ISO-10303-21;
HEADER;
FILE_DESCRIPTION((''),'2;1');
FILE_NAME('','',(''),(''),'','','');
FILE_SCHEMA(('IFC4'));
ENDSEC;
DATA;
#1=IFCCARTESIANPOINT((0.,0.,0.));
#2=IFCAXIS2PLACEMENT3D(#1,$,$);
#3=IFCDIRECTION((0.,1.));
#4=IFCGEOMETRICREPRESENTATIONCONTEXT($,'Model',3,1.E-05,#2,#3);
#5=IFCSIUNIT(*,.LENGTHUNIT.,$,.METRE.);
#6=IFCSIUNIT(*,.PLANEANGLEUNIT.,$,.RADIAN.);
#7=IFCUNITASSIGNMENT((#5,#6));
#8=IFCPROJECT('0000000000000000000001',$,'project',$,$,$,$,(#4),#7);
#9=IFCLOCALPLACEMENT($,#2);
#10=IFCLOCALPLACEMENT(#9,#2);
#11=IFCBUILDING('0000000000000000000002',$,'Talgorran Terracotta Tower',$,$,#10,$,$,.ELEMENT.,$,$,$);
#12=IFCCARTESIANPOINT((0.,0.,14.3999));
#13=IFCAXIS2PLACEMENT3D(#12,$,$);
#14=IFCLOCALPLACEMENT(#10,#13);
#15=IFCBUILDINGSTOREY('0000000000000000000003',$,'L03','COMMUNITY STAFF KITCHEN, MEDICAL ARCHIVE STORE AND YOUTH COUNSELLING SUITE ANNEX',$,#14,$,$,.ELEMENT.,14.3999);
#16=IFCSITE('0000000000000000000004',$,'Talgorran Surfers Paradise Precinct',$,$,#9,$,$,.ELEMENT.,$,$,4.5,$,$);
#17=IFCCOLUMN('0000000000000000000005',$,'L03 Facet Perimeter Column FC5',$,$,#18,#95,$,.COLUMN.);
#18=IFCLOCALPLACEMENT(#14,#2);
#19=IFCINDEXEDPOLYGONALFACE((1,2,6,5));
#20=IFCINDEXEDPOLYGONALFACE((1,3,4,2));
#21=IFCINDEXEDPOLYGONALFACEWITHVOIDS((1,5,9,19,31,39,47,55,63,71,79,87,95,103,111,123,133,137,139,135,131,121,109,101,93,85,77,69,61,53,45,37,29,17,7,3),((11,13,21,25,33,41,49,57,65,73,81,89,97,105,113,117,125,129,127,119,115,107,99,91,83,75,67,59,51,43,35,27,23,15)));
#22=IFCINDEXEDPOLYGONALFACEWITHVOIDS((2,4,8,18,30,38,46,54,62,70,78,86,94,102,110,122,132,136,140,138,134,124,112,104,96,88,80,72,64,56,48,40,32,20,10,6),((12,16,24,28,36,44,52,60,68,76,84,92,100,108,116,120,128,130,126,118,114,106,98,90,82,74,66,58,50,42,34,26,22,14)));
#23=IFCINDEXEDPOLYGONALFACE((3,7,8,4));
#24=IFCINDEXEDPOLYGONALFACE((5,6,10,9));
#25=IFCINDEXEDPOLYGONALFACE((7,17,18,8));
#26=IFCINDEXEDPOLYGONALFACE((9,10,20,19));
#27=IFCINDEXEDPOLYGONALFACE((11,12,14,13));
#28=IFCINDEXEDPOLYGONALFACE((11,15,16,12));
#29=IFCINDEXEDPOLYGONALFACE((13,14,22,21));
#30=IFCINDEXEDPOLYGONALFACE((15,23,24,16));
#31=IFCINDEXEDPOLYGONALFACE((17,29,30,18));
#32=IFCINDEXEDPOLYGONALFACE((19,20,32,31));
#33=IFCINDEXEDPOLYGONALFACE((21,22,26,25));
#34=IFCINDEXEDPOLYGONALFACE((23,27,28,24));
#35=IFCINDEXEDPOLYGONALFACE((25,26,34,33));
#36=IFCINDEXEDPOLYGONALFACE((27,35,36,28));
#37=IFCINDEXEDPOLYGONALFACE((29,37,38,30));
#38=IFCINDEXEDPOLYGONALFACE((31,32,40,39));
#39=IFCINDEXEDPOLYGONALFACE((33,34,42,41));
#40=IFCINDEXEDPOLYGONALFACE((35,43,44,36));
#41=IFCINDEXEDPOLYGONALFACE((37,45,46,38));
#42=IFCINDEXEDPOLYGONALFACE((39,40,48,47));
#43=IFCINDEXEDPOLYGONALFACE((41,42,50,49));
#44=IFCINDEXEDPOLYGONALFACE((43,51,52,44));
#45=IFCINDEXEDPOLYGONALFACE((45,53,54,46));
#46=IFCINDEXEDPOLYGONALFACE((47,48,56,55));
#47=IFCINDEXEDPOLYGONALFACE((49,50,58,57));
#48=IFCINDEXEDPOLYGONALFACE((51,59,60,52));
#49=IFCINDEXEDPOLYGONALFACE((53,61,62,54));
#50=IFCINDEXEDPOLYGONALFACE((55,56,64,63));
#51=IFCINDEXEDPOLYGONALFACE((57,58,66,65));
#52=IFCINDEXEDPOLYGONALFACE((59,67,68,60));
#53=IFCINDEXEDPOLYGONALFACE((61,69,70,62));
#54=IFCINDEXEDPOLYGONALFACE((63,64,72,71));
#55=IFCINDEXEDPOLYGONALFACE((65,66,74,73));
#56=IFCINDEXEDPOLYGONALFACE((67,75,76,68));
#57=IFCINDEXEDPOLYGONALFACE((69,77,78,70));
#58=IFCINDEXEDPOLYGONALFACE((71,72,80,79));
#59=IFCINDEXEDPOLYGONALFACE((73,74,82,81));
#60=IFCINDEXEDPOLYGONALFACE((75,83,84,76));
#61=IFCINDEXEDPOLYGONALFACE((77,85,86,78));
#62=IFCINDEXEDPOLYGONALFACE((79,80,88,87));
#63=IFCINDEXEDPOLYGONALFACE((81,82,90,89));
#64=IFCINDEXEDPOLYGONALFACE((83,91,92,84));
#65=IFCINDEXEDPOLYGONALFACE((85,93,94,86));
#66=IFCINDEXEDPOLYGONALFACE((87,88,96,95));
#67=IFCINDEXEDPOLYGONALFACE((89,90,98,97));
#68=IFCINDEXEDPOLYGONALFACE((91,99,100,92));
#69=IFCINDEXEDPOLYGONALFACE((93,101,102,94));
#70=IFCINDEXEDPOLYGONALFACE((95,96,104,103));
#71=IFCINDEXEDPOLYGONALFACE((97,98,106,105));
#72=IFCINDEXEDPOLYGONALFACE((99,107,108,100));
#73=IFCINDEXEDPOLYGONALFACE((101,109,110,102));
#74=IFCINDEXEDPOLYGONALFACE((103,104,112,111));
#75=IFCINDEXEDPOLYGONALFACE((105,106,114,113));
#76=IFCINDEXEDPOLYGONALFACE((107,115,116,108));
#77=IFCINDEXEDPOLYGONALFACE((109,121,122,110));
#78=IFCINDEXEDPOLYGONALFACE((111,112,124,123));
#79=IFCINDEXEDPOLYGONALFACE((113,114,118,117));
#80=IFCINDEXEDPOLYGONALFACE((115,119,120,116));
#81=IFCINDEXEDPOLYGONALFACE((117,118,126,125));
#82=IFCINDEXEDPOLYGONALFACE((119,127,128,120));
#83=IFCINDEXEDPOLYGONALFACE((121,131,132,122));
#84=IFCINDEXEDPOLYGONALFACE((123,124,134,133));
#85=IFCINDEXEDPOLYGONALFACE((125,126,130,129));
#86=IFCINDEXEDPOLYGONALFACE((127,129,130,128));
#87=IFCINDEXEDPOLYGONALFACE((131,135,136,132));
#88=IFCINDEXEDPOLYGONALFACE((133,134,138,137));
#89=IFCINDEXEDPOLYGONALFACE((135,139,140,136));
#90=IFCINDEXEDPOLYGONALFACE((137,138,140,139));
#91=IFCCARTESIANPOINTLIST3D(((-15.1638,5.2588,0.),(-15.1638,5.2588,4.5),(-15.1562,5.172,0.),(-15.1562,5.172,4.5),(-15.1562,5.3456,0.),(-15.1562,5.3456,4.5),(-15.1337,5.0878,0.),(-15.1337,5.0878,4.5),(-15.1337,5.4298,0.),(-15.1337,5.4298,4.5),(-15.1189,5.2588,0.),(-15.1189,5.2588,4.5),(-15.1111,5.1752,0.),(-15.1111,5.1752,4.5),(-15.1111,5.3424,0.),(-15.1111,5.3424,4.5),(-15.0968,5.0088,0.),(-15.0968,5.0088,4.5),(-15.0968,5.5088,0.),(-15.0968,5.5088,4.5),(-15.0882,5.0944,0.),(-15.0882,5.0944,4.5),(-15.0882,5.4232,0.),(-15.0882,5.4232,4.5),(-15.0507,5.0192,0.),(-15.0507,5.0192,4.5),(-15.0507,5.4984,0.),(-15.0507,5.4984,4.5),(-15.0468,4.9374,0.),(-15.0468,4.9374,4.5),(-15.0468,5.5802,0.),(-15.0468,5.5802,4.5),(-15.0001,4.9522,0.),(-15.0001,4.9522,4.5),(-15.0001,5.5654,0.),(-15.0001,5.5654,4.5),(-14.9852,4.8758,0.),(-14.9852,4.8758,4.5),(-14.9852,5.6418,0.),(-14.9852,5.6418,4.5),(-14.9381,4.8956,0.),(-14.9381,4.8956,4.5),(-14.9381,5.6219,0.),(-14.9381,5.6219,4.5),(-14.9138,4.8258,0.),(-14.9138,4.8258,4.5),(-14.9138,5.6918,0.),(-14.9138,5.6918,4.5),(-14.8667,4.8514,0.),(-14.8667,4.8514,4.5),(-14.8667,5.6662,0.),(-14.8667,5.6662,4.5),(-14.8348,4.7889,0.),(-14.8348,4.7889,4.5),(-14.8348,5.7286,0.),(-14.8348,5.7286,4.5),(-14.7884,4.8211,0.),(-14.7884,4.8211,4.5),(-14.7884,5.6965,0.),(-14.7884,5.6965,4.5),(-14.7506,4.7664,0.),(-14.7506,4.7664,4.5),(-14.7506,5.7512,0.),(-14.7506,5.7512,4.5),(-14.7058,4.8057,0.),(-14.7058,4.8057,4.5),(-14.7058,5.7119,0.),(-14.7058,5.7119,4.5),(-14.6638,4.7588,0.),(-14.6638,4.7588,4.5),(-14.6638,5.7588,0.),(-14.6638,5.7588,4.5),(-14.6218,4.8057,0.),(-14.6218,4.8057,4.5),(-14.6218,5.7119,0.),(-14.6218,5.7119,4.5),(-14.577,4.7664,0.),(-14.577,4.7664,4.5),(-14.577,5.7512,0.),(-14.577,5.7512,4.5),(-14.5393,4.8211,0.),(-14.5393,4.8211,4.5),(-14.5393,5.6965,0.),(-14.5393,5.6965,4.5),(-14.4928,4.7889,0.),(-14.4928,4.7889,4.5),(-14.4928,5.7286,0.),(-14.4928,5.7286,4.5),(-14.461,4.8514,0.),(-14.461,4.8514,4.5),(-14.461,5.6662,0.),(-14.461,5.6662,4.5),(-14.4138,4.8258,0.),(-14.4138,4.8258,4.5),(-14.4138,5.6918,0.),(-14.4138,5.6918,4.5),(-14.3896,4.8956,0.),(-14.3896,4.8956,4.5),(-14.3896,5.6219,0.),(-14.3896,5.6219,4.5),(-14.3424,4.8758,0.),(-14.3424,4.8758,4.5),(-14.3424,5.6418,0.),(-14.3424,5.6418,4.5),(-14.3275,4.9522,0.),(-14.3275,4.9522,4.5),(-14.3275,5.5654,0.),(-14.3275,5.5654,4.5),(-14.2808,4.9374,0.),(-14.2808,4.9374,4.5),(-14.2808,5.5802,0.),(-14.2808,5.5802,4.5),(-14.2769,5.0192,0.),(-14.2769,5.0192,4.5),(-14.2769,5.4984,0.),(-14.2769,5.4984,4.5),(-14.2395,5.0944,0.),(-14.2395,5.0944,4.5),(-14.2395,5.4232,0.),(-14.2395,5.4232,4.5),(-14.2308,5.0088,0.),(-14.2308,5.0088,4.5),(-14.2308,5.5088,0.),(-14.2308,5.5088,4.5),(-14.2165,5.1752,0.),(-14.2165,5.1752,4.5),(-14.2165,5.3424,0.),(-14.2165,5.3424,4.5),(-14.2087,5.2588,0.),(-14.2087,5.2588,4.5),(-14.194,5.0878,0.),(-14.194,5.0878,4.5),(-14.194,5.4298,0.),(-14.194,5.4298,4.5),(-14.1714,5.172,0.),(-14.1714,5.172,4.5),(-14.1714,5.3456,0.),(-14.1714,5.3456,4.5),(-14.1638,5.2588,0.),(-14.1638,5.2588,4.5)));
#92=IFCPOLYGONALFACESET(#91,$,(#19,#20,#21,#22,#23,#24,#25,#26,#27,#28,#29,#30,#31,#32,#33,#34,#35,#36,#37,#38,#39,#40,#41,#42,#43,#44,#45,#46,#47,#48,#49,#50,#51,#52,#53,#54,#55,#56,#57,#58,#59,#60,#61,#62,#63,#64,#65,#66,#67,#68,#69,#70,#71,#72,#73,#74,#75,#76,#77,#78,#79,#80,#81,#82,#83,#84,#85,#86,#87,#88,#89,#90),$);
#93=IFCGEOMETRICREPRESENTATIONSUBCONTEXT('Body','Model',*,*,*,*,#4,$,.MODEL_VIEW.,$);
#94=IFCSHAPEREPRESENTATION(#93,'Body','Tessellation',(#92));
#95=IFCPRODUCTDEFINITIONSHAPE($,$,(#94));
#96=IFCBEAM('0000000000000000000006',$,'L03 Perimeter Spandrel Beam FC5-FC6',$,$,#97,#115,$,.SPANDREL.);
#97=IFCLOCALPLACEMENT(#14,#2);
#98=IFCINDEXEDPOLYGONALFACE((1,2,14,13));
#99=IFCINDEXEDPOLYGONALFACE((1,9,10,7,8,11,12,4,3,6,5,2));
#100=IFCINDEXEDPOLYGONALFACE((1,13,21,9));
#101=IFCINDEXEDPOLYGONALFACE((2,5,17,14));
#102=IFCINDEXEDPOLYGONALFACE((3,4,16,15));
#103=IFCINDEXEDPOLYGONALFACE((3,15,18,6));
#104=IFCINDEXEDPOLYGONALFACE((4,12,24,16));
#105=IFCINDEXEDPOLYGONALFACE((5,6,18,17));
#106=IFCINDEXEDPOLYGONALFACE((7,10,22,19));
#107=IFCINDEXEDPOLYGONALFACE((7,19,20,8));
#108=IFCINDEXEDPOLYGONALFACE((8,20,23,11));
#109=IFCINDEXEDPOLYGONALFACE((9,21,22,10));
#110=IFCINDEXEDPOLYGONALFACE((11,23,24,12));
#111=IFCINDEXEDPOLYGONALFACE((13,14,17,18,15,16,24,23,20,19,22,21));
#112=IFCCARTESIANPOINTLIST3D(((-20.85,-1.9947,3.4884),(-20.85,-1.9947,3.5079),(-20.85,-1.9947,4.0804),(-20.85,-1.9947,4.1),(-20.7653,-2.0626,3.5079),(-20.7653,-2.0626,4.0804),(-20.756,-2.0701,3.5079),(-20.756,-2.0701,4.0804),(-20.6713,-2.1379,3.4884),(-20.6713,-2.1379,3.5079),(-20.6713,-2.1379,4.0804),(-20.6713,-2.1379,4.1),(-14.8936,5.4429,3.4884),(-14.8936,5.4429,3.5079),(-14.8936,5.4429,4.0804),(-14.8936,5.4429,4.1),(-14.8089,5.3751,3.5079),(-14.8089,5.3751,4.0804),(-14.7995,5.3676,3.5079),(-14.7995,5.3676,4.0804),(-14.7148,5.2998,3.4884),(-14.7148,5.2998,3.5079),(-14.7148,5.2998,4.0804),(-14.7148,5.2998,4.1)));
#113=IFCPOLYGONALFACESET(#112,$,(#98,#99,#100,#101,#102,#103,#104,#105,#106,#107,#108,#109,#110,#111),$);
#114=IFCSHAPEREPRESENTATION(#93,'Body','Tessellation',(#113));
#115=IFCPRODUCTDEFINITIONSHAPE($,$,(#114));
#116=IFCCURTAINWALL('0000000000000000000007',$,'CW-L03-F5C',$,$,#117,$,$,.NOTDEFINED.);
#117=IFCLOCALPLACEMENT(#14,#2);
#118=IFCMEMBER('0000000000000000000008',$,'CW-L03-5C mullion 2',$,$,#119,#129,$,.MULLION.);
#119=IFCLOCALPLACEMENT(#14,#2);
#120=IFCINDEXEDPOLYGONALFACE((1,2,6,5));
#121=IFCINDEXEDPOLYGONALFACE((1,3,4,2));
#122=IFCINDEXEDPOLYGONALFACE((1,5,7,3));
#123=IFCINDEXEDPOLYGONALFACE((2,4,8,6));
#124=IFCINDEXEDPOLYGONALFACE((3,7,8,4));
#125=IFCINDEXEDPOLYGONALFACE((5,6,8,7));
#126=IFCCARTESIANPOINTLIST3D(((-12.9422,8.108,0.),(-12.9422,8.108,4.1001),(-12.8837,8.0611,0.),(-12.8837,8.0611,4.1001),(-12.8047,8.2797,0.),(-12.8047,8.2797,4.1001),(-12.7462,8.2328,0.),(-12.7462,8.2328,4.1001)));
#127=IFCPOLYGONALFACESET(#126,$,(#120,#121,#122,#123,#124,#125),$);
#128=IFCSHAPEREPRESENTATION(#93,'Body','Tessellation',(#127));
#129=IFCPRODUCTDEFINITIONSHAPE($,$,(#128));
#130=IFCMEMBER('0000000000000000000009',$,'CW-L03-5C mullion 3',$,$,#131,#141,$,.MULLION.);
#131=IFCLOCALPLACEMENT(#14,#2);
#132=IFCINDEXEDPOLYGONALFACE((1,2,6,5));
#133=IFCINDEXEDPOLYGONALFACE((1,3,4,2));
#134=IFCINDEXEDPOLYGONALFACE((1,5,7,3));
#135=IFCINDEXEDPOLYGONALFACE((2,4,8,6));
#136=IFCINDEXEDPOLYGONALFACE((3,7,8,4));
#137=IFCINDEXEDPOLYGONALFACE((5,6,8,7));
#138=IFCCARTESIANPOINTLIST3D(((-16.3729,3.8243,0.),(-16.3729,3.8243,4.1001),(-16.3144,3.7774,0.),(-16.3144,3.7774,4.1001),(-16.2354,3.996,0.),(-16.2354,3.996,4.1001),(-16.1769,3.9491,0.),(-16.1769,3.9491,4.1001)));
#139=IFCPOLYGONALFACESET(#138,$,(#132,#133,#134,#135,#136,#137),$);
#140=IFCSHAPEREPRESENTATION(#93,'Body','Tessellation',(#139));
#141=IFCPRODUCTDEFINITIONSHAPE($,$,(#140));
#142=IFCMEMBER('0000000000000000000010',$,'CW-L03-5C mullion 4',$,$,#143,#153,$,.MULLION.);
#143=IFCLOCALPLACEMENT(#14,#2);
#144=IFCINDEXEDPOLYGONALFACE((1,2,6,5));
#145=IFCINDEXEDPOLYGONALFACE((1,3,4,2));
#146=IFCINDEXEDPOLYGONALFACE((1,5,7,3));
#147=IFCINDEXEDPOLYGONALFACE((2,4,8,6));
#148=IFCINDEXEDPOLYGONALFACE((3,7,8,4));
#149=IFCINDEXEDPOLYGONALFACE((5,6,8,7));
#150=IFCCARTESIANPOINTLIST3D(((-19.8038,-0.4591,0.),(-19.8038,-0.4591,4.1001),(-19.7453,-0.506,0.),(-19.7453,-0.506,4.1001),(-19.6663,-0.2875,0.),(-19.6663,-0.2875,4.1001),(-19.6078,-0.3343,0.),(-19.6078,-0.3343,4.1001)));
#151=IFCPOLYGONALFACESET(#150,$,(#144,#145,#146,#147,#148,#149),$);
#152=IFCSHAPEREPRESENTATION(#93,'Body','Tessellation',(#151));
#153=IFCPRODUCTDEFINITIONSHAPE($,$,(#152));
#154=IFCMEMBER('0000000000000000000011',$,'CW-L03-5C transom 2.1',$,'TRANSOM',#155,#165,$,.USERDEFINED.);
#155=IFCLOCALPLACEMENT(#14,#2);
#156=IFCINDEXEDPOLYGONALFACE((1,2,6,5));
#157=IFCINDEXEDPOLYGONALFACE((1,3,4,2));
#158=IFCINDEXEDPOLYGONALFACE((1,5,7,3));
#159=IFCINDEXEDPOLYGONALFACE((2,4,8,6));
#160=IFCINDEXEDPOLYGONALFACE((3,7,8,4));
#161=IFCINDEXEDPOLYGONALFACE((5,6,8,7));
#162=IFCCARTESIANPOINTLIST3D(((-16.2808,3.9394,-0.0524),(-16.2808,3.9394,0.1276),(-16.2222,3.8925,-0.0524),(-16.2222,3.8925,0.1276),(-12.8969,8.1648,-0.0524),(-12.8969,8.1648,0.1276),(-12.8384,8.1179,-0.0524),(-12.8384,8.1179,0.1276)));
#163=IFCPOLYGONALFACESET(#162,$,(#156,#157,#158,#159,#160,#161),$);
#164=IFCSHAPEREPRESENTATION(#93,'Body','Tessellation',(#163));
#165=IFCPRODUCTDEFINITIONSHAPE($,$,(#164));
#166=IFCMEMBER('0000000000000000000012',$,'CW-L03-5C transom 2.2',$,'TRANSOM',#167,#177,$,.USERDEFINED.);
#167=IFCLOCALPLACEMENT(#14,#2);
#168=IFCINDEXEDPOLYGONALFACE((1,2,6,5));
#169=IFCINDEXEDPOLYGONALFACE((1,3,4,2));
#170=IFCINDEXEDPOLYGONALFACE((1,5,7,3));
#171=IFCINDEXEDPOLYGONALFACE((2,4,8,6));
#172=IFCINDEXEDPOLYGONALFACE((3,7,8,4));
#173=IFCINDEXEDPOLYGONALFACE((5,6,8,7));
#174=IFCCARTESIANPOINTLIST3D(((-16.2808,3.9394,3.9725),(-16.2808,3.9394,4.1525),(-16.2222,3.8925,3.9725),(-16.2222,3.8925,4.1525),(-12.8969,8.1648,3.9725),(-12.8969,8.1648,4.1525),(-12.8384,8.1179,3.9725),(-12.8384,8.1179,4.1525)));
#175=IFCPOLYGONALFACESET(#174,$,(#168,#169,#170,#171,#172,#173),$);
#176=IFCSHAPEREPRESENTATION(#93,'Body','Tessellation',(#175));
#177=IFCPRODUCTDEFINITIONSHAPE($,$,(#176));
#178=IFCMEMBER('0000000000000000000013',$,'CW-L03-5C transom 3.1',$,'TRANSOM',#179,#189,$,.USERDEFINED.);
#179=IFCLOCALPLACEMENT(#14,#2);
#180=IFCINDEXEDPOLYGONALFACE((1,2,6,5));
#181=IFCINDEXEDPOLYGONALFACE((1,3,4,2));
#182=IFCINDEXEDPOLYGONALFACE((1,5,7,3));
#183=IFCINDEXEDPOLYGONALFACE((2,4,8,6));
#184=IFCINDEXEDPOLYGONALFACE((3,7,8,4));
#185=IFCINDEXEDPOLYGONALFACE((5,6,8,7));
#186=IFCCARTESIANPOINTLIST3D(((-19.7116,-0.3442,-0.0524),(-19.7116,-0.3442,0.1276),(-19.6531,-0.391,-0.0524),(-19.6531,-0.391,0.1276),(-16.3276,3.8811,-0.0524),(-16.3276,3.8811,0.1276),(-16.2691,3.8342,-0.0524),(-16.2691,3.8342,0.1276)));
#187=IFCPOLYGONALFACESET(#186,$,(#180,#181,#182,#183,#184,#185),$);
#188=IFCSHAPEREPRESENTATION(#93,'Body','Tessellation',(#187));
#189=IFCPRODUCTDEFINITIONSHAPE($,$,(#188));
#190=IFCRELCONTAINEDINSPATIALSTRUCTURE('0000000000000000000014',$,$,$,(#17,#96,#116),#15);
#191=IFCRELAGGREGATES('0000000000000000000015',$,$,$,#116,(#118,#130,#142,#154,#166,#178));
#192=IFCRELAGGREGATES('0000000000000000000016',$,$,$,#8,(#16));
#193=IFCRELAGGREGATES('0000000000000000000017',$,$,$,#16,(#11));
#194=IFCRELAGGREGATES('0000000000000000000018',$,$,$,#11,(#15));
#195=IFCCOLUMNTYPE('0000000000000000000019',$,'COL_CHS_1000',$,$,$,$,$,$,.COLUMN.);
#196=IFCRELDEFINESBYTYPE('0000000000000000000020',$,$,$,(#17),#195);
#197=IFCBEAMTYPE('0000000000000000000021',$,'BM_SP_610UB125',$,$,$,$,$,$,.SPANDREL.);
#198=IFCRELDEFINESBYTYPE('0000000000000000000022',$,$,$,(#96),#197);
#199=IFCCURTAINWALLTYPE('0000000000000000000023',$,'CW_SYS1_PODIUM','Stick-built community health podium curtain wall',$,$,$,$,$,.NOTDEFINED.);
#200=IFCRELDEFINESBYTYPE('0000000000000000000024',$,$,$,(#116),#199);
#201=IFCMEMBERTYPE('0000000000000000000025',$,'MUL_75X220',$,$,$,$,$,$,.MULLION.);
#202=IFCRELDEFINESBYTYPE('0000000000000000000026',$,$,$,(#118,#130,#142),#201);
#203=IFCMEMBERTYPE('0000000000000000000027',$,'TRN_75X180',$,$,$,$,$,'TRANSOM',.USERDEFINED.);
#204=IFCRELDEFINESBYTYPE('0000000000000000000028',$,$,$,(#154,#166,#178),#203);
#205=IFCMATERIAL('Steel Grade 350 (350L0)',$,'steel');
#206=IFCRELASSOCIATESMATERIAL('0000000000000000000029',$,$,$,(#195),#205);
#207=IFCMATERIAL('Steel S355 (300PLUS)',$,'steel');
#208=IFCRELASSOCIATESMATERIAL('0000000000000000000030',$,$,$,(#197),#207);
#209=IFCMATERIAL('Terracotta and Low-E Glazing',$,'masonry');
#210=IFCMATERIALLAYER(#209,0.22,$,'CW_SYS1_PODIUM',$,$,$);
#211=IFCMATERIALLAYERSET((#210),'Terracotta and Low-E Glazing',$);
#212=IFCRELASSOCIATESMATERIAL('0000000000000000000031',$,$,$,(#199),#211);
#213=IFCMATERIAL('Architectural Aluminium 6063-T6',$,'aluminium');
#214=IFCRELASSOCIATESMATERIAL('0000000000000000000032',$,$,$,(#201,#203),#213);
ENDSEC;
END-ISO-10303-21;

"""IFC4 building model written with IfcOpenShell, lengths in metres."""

from ifc_helpers import new_model, si_unit, direction, frame, origin, origin_2d, place, context, subcontext, project, spatial, rectangle, hollow_circle, i_section, extrude, material, layer, layer_set, material_profile, profile_set, type_object, element, aggregate, save


model = new_model("IFC4")

# Units and contexts
model_context = context("Model", 3, precision=1e-05, world=origin(), true_north=direction((0.0, 1.0)))
body_context = subcontext(model_context, "Body", "Model", "MODEL_VIEW")
ifc_project = project(units=[si_unit("LENGTHUNIT", "METRE"), si_unit("PLANEANGLEUNIT", "RADIAN")], contexts=[model_context])

# Site, building, storey
site_placement = place(None, origin())
site = spatial("IfcSite", under=ifc_project, at=site_placement, Name="Talgorran Surfers Paradise Precinct", CompositionType="ELEMENT", RefElevation=4.5)
building_placement = place(site_placement, origin())
building = spatial("IfcBuilding", under=site, at=building_placement, Name="Talgorran Terracotta Tower", CompositionType="ELEMENT")
storey_placement = place(building_placement, frame((0.0, 0.0, 14.3999)))
storey = spatial("IfcBuildingStorey", under=building, at=storey_placement, Name="L03", Description="COMMUNITY STAFF KITCHEN, MEDICAL ARCHIVE STORE AND YOUTH COUNSELLING SUITE ANNEX", CompositionType="ELEMENT", Elevation=14.3999)

# Column
ifc_material_1 = material(Name="Steel Grade 350 (350L0)", Category="steel")
ifc_material_profile_1 = material_profile(ifc_material_1, hollow_circle(Radius=0.5, WallThickness=0.0449, at=origin_2d()), Name="CHS1000X45")
ifc_profile_set_1 = profile_set([ifc_material_profile_1], Name="Steel Grade 350 (350L0)")
column_type = type_object("IfcColumnType", Name="COL_CHS_1000", PredefinedType="COLUMN", material=ifc_profile_set_1)
column_placement = place(storey_placement, frame((-14.6638, 5.2588, 0.0), z_axis=(0.0, 0.0, 1.0), x_axis=(1.0, 0.0, 0.0)))
element("IfcColumn", 1, at=column_placement, inside=storey, type_object=column_type, Name="L03 Facet Perimeter Column FC5", PredefinedType="COLUMN", context=body_context, shape_type="SweptSolid", body=[
    extrude(hollow_circle(Radius=0.5, WallThickness=0.0449, at=origin_2d()), origin(), (0.0, 0.0, 1.0), 4.5),
])

# Beam
ifc_material_2 = material(Name="Steel S355 (300PLUS)", Category="steel")
ifc_material_profile_2 = material_profile(ifc_material_2, i_section(OverallWidth=0.229, OverallDepth=0.6116, WebThickness=0.012, FlangeThickness=0.0195, at=origin_2d()), Name="610UB125")
ifc_profile_set_2 = profile_set([ifc_material_profile_2], Name="Steel S355 (300PLUS)")
beam_type = type_object("IfcBeamType", Name="BM_SP_610UB125", PredefinedType="SPANDREL", material=ifc_profile_set_2)
beam_placement = place(storey_placement, frame((-14.8042, 5.3713, 3.7942), z_axis=(-0.625101, -0.780544, 0.0), x_axis=(0.780544, -0.625101, 0.0)))
element("IfcBeam", 2, at=beam_placement, inside=storey, type_object=beam_type, Name="L03 Perimeter Spandrel Beam FC5-FC6", PredefinedType="SPANDREL", context=body_context, shape_type="SweptSolid", body=[
    extrude(i_section(OverallWidth=0.229, OverallDepth=0.6116, WebThickness=0.012, FlangeThickness=0.0195, at=origin_2d()), origin(), (0.0, 0.0, 1.0), 9.5288),
])

# Curtain wall, members
ifc_material_3 = material(Name="Terracotta and Low-E Glazing", Category="masonry")
ifc_layer_1 = layer(ifc_material_3, 0.22, Name="CW_SYS1_PODIUM")
ifc_layer_set_1 = layer_set([ifc_layer_1], Name="Terracotta and Low-E Glazing")
curtain_wall_type = type_object("IfcCurtainWallType", Name="CW_SYS1_PODIUM", Description="Stick-built community health podium curtain wall", PredefinedType="NOTDEFINED", material=ifc_layer_set_1)
curtain_wall_placement = place(storey_placement, origin())
curtain_wall = element("IfcCurtainWall", 3, at=curtain_wall_placement, inside=storey, type_object=curtain_wall_type, Name="CW-L03-F5C", PredefinedType="NOTDEFINED")
ifc_material_4 = material(Name="Architectural Aluminium 6063-T6", Category="aluminium")
ifc_material_profile_3 = material_profile(ifc_material_4, rectangle(XDim=0.075, YDim=0.22, at=origin_2d()), Name="CWM75X220")
ifc_profile_set_3 = profile_set([ifc_material_profile_3], Name="Architectural Aluminium 6063-T6")
member_type_1 = type_object("IfcMemberType", Name="MUL_75X220", PredefinedType="MULLION", material=ifc_profile_set_3)
member_1_placement = place(storey_placement, frame((-12.8442, 8.1704, 0.0), z_axis=(0.0, 0.0, 1.0), x_axis=(0.780531, -0.625117, 0.0)))
member_1 = element("IfcMember", 4, at=member_1_placement, type_object=member_type_1, Name="CW-L03-5C mullion 2", PredefinedType="MULLION", context=body_context, shape_type="SweptSolid", body=[
    extrude(rectangle(XDim=0.075, YDim=0.22, at=origin_2d()), origin(), (0.0, 0.0, 1.0), 4.1001),
])
member_2_placement = place(storey_placement, frame((-16.2749, 3.8867, 0.0), z_axis=(0.0, 0.0, 1.0), x_axis=(0.780531, -0.625117, 0.0)))
member_2 = element("IfcMember", 5, at=member_2_placement, type_object=member_type_1, Name="CW-L03-5C mullion 3", PredefinedType="MULLION", context=body_context, shape_type="SweptSolid", body=[
    extrude(rectangle(XDim=0.075, YDim=0.22, at=origin_2d()), origin(), (0.0, 0.0, 1.0), 4.1001),
])
member_3_placement = place(storey_placement, frame((-19.7058, -0.3967, 0.0), z_axis=(0.0, 0.0, 1.0), x_axis=(0.780531, -0.625117, 0.0)))
member_3 = element("IfcMember", 6, at=member_3_placement, type_object=member_type_1, Name="CW-L03-5C mullion 4", PredefinedType="MULLION", context=body_context, shape_type="SweptSolid", body=[
    extrude(rectangle(XDim=0.075, YDim=0.22, at=origin_2d()), origin(), (0.0, 0.0, 1.0), 4.1001),
])
ifc_material_profile_4 = material_profile(ifc_material_4, rectangle(XDim=0.075, YDim=0.1799, at=origin_2d()), Name="CWT75X180")
ifc_profile_set_4 = profile_set([ifc_material_profile_4], Name="Architectural Aluminium 6063-T6")
member_type_2 = type_object("IfcMemberType", Name="TRN_75X180", ElementType="TRANSOM", PredefinedType="USERDEFINED", material=ifc_profile_set_4)
member_4_placement = place(storey_placement, frame((-12.8677, 8.1414, 0.0376), z_axis=(-0.625091, -0.780552, 0.0), x_axis=(0.780552, -0.625091, 0.0)))
member_4 = element("IfcMember", 7, at=member_4_placement, type_object=member_type_2, Name="CW-L03-5C transom 2.1", ObjectType="TRANSOM", PredefinedType="USERDEFINED", context=body_context, shape_type="SweptSolid", body=[
    extrude(rectangle(XDim=0.075, YDim=0.1799, at=origin_2d()), origin(), (0.0, 0.0, 1.0), 5.4133),
])
member_5_placement = place(storey_placement, frame((-12.8677, 8.1414, 4.0625), z_axis=(-0.625091, -0.780552, 0.0), x_axis=(0.780552, -0.625091, 0.0)))
member_5 = element("IfcMember", 8, at=member_5_placement, type_object=member_type_2, Name="CW-L03-5C transom 2.2", ObjectType="TRANSOM", PredefinedType="USERDEFINED", context=body_context, shape_type="SweptSolid", body=[
    extrude(rectangle(XDim=0.075, YDim=0.1799, at=origin_2d()), origin(), (0.0, 0.0, 1.0), 5.4133),
])
member_6_placement = place(storey_placement, frame((-16.2983, 3.8577, 0.0376), z_axis=(-0.625118, -0.78053, 0.0), x_axis=(0.78053, -0.625118, 0.0)))
member_6 = element("IfcMember", 9, at=member_6_placement, type_object=member_type_2, Name="CW-L03-5C transom 3.1", ObjectType="TRANSOM", PredefinedType="USERDEFINED", context=body_context, shape_type="SweptSolid", body=[
    extrude(rectangle(XDim=0.075, YDim=0.1799, at=origin_2d()), origin(), (0.0, 0.0, 1.0), 5.4133),
])
aggregate(curtain_wall, [member_1, member_2, member_3, member_4, member_5, member_6])

save(model, "model.ifc")
